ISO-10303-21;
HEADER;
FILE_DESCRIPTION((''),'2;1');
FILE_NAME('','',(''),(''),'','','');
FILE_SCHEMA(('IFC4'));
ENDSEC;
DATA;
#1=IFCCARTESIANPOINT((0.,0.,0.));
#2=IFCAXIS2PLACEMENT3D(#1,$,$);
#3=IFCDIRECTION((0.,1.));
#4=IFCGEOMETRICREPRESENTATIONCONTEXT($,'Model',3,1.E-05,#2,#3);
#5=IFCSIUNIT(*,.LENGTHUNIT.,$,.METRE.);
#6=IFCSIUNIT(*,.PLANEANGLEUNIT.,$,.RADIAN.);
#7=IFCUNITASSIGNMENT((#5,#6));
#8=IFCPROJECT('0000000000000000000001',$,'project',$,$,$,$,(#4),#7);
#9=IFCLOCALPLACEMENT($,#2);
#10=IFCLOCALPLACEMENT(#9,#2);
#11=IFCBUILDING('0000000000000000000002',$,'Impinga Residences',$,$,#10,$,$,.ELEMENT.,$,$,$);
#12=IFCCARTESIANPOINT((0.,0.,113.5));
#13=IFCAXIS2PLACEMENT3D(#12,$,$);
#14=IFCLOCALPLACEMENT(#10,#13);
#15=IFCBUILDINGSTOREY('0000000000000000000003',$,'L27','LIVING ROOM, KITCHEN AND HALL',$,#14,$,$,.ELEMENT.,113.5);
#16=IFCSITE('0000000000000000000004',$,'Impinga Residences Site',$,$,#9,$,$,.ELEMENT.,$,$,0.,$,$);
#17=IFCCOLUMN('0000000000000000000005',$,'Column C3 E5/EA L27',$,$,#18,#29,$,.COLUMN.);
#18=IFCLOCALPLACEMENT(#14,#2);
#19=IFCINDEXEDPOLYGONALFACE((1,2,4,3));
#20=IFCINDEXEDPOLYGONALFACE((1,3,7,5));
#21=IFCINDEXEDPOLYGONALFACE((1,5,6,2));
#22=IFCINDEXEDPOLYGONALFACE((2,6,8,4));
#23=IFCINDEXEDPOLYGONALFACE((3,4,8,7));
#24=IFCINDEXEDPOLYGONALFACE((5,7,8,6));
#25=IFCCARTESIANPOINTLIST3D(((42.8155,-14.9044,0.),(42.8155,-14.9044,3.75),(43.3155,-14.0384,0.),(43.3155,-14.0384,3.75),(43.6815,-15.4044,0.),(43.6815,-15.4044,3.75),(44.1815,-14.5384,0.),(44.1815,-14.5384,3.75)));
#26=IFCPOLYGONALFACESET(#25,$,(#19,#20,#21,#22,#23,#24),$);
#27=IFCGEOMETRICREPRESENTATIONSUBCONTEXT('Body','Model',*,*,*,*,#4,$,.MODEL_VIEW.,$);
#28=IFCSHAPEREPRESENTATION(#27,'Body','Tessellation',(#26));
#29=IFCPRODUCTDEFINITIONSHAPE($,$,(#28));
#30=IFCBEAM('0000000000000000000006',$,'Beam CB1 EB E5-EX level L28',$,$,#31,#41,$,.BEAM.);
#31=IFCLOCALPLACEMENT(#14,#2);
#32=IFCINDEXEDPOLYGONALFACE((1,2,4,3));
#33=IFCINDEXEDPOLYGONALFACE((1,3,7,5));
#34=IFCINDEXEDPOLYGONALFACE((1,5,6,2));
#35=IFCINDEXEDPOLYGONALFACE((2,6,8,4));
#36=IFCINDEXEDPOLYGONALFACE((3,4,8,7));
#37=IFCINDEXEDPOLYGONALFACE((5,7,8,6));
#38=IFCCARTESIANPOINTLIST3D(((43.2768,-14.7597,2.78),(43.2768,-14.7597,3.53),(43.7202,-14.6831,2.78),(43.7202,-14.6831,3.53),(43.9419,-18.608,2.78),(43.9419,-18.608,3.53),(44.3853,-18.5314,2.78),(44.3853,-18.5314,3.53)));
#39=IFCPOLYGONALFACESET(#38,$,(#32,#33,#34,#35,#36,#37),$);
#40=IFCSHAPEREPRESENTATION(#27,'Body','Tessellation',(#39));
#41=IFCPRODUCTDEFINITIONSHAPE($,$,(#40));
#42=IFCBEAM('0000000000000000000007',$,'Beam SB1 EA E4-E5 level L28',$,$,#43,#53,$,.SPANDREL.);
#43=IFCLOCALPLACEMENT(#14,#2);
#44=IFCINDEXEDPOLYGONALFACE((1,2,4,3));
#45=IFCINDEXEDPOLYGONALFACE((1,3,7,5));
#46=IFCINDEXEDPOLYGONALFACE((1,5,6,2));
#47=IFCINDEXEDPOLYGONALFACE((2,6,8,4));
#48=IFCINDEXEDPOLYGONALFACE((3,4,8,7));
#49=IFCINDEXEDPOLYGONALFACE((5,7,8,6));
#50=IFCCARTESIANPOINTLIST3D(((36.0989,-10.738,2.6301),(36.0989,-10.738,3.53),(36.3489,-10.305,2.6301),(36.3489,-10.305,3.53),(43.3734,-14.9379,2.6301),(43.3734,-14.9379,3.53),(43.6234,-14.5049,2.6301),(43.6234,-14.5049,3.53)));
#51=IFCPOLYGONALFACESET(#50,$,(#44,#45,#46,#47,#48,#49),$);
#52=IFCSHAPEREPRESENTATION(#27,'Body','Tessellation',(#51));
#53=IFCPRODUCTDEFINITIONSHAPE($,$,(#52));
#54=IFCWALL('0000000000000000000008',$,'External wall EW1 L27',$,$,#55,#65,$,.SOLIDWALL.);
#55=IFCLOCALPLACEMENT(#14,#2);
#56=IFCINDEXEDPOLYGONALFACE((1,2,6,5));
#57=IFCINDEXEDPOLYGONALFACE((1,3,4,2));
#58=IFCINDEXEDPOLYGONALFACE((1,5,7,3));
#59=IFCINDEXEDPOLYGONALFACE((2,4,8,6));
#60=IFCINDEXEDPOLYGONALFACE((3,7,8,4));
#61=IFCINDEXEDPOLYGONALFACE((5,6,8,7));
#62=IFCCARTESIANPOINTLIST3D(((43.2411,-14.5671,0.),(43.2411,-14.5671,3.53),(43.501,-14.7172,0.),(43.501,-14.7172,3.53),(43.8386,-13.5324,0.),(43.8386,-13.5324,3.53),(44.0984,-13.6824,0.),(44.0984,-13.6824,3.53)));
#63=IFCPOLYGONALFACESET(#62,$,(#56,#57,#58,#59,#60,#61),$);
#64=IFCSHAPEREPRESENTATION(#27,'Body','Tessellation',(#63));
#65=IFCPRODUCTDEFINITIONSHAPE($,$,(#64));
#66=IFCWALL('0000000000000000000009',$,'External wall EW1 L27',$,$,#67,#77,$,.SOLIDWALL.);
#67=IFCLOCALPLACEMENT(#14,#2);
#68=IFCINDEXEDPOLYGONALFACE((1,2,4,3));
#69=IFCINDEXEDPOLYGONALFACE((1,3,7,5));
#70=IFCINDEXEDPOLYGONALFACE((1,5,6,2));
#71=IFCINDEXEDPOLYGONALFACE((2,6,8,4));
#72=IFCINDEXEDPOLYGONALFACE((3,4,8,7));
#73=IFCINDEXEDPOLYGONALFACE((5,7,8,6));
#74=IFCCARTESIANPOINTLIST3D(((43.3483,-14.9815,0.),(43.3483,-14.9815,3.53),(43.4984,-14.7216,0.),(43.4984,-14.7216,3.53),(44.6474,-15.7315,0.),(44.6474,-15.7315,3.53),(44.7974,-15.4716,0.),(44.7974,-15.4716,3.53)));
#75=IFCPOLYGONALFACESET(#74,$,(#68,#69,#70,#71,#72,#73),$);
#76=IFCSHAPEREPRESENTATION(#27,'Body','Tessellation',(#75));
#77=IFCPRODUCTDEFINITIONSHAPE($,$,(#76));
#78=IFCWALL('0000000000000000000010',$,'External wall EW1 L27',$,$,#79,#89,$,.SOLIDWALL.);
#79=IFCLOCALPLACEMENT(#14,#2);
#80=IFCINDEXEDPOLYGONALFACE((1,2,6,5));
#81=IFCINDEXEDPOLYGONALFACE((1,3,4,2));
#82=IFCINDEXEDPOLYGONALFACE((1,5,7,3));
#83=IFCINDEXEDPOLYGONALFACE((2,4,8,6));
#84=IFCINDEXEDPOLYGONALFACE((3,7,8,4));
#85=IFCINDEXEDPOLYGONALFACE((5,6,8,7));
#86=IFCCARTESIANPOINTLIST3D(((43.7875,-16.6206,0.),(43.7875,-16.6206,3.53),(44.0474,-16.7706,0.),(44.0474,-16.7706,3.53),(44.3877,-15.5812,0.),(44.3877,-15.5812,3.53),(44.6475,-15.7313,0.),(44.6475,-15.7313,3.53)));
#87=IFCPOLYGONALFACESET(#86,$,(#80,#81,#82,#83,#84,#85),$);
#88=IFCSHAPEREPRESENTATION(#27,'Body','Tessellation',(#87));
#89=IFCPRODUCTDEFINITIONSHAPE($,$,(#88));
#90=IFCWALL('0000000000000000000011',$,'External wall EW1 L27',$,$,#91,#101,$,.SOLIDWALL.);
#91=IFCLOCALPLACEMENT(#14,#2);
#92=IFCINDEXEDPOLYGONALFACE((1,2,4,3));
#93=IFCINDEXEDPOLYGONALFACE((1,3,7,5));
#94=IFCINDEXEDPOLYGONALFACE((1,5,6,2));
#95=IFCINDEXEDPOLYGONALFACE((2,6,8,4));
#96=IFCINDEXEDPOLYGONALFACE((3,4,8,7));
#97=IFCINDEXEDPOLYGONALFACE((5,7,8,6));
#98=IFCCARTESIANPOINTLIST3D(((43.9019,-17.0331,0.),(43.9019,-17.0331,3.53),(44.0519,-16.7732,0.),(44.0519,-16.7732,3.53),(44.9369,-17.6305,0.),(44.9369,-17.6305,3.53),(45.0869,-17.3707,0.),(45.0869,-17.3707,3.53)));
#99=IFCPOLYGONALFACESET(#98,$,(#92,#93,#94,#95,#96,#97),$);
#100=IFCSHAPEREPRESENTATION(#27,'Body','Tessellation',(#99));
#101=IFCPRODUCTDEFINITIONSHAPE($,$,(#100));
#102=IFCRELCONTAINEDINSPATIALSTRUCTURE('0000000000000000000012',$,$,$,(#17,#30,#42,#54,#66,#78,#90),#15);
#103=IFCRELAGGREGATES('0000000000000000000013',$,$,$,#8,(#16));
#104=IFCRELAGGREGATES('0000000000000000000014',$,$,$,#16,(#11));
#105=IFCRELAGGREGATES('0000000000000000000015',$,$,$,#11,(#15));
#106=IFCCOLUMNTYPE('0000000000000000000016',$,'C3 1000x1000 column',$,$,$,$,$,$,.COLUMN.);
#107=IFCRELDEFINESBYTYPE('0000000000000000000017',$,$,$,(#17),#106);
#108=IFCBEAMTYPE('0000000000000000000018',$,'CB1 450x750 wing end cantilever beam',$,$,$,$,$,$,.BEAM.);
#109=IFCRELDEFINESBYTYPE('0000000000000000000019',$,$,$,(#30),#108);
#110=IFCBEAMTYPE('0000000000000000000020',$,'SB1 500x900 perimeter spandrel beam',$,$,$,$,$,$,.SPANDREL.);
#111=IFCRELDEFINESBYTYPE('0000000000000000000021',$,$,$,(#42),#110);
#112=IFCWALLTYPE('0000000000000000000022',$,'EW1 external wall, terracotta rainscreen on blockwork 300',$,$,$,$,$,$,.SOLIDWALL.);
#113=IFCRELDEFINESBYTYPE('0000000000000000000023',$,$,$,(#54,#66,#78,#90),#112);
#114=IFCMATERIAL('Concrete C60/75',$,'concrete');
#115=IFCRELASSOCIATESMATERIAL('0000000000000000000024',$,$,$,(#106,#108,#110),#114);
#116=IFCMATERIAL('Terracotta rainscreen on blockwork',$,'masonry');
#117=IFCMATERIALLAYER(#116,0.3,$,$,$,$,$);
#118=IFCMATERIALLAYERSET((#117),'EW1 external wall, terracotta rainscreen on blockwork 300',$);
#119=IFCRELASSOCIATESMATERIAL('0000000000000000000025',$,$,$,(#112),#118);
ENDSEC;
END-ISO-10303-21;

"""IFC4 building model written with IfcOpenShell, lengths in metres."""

from ifc_helpers import new_model, si_unit, direction, frame, frame_2d, origin, origin_2d, place, context, subcontext, project, spatial, rectangle, extrude, material, layer, layer_set, material_profile, profile_set, type_object, element, save


model = new_model("IFC4")

# Units and contexts
model_context = context("Model", 3, precision=1e-05, world=origin(), true_north=direction((0.0, 1.0)))
body_context = subcontext(model_context, "Body", "Model", "MODEL_VIEW")
ifc_project = project(units=[si_unit("LENGTHUNIT", "METRE"), si_unit("PLANEANGLEUNIT", "RADIAN")], contexts=[model_context])

# Site, building, storey
site_placement = place(None, origin())
site = spatial("IfcSite", under=ifc_project, at=site_placement, Name="Impinga Residences Site", CompositionType="ELEMENT", RefElevation=0.0)
building_placement = place(site_placement, origin())
building = spatial("IfcBuilding", under=site, at=building_placement, Name="Impinga Residences", CompositionType="ELEMENT")
storey_placement = place(building_placement, frame((0.0, 0.0, 113.5)))
storey = spatial("IfcBuildingStorey", under=building, at=storey_placement, Name="L27", Description="LIVING ROOM, KITCHEN AND HALL", CompositionType="ELEMENT", Elevation=113.5)

# Column
ifc_material_1 = material(Name="Concrete C60/75", Category="concrete")
ifc_material_profile_1 = material_profile(ifc_material_1, rectangle(XDim=1.0, YDim=1.0, at=origin_2d()), Name="RC 1000x1000")
ifc_profile_set_1 = profile_set([ifc_material_profile_1], Name="Concrete C60/75")
column_type = type_object("IfcColumnType", Name="C3 1000x1000 column", PredefinedType="COLUMN", material=ifc_profile_set_1)
column_placement = place(storey_placement, frame((43.4985, -14.7214, 0.0), z_axis=(0.0, 0.0, 1.0), x_axis=(-0.5, -0.866025, 0.0)))
element("IfcColumn", 1, at=column_placement, inside=storey, type_object=column_type, Name="Column C3 E5/EA L27", PredefinedType="COLUMN", context=body_context, shape_type="SweptSolid", body=[
    extrude(rectangle(XDim=1.0, YDim=1.0, at=origin_2d()), origin(), (0.0, 0.0, 1.0), 3.75),
])

# Beams
ifc_material_profile_2 = material_profile(ifc_material_1, rectangle(XDim=0.45, YDim=0.75, at=origin_2d()), Name="RC 450x750")
ifc_profile_set_2 = profile_set([ifc_material_profile_2], Name="Concrete C60/75")
beam_type_1 = type_object("IfcBeamType", Name="CB1 450x750 wing end cantilever beam", PredefinedType="BEAM", material=ifc_profile_set_2)
beam_1_placement = place(storey_placement, frame((43.4985, -14.7214, 3.155), z_axis=(0.170296, -0.985393, 0.0), x_axis=(0.985393, 0.170296, 0.0)))
element("IfcBeam", 2, at=beam_1_placement, inside=storey, type_object=beam_type_1, Name="Beam CB1 EB E5-EX level L28", PredefinedType="BEAM", context=body_context, shape_type="SweptSolid", body=[
    extrude(rectangle(XDim=0.45, YDim=0.75, at=origin_2d()), origin(), (0.0, 0.0, 1.0), 3.9053),
])
ifc_material_profile_3 = material_profile(ifc_material_1, rectangle(XDim=0.5, YDim=0.8999, at=origin_2d()), Name="RC 500x900")
ifc_profile_set_3 = profile_set([ifc_material_profile_3], Name="Concrete C60/75")
beam_type_2 = type_object("IfcBeamType", Name="SB1 500x900 perimeter spandrel beam", PredefinedType="SPANDREL", material=ifc_profile_set_3)
beam_2_placement = place(storey_placement, frame((36.2239, -10.5215, 3.0801), z_axis=(0.866029, -0.499993, 0.0), x_axis=(0.499993, 0.866029, 0.0)))
element("IfcBeam", 3, at=beam_2_placement, inside=storey, type_object=beam_type_2, Name="Beam SB1 EA E4-E5 level L28", PredefinedType="SPANDREL", context=body_context, shape_type="SweptSolid", body=[
    extrude(rectangle(XDim=0.5, YDim=0.8999, at=origin_2d()), origin(), (0.0, 0.0, 1.0), 8.3999),
])

# Walls
ifc_material_2 = material(Name="Terracotta rainscreen on blockwork", Category="masonry")
ifc_layer_1 = layer(ifc_material_2, 0.3)
ifc_layer_set_1 = layer_set([ifc_layer_1], Name="EW1 external wall, terracotta rainscreen on blockwork 300")
wall_type_1 = type_object("IfcWallType", Name="EW1 external wall, terracotta rainscreen on blockwork 300", PredefinedType="SOLIDWALL", material=ifc_layer_set_1)
wall_1_placement = place(storey_placement, frame((43.9685, -13.6074, 0.0), z_axis=(0.0, 0.0, 1.0), x_axis=(-0.500029, -0.866009, 0.0)))
element("IfcWall", 4, at=wall_1_placement, inside=storey, type_object=wall_type_1, Name="External wall EW1 L27", PredefinedType="SOLIDWALL", context=body_context, shape_type="SweptSolid", body=[
    extrude(rectangle(XDim=1.1948, YDim=0.3, at=frame_2d((0.5974, 0.0))), origin(), (0.0, 0.0, 1.0), 3.53),
])
wall_2_placement = place(storey_placement, frame((43.4233, -14.8516, 0.0), z_axis=(0.0, 0.0, 1.0), x_axis=(0.866031, -0.49999, 0.0)))
element("IfcWall", 5, at=wall_2_placement, inside=storey, type_object=wall_type_1, Name="External wall EW1 L27", PredefinedType="SOLIDWALL", context=body_context, shape_type="SweptSolid", body=[
    extrude(rectangle(XDim=1.5, YDim=0.3, at=frame_2d((0.75, 0.0))), origin(), (0.0, 0.0, 1.0), 3.53),
])
wall_3_placement = place(storey_placement, frame((44.5176, -15.6562, 0.0), z_axis=(0.0, 0.0, 1.0), x_axis=(-0.500034, -0.866006, 0.0)))
element("IfcWall", 6, at=wall_3_placement, inside=storey, type_object=wall_type_1, Name="External wall EW1 L27", PredefinedType="SOLIDWALL", context=body_context, shape_type="SweptSolid", body=[
    extrude(rectangle(XDim=1.2002, YDim=0.3, at=frame_2d((0.6001, 0.0))), origin(), (0.0, 0.0, 1.0), 3.53),
])
wall_4_placement = place(storey_placement, frame((43.9768, -16.9031, 0.0), z_axis=(0.0, 0.0, 1.0), x_axis=(0.86606, -0.499941, 0.0)))
element("IfcWall", 7, at=wall_4_placement, inside=storey, type_object=wall_type_1, Name="External wall EW1 L27", PredefinedType="SOLIDWALL", context=body_context, shape_type="SweptSolid", body=[
    extrude(rectangle(XDim=1.1951, YDim=0.3, at=frame_2d((0.5977, 0.0))), origin(), (0.0, 0.0, 1.0), 3.53),
])

save(model, "model.ifc")
